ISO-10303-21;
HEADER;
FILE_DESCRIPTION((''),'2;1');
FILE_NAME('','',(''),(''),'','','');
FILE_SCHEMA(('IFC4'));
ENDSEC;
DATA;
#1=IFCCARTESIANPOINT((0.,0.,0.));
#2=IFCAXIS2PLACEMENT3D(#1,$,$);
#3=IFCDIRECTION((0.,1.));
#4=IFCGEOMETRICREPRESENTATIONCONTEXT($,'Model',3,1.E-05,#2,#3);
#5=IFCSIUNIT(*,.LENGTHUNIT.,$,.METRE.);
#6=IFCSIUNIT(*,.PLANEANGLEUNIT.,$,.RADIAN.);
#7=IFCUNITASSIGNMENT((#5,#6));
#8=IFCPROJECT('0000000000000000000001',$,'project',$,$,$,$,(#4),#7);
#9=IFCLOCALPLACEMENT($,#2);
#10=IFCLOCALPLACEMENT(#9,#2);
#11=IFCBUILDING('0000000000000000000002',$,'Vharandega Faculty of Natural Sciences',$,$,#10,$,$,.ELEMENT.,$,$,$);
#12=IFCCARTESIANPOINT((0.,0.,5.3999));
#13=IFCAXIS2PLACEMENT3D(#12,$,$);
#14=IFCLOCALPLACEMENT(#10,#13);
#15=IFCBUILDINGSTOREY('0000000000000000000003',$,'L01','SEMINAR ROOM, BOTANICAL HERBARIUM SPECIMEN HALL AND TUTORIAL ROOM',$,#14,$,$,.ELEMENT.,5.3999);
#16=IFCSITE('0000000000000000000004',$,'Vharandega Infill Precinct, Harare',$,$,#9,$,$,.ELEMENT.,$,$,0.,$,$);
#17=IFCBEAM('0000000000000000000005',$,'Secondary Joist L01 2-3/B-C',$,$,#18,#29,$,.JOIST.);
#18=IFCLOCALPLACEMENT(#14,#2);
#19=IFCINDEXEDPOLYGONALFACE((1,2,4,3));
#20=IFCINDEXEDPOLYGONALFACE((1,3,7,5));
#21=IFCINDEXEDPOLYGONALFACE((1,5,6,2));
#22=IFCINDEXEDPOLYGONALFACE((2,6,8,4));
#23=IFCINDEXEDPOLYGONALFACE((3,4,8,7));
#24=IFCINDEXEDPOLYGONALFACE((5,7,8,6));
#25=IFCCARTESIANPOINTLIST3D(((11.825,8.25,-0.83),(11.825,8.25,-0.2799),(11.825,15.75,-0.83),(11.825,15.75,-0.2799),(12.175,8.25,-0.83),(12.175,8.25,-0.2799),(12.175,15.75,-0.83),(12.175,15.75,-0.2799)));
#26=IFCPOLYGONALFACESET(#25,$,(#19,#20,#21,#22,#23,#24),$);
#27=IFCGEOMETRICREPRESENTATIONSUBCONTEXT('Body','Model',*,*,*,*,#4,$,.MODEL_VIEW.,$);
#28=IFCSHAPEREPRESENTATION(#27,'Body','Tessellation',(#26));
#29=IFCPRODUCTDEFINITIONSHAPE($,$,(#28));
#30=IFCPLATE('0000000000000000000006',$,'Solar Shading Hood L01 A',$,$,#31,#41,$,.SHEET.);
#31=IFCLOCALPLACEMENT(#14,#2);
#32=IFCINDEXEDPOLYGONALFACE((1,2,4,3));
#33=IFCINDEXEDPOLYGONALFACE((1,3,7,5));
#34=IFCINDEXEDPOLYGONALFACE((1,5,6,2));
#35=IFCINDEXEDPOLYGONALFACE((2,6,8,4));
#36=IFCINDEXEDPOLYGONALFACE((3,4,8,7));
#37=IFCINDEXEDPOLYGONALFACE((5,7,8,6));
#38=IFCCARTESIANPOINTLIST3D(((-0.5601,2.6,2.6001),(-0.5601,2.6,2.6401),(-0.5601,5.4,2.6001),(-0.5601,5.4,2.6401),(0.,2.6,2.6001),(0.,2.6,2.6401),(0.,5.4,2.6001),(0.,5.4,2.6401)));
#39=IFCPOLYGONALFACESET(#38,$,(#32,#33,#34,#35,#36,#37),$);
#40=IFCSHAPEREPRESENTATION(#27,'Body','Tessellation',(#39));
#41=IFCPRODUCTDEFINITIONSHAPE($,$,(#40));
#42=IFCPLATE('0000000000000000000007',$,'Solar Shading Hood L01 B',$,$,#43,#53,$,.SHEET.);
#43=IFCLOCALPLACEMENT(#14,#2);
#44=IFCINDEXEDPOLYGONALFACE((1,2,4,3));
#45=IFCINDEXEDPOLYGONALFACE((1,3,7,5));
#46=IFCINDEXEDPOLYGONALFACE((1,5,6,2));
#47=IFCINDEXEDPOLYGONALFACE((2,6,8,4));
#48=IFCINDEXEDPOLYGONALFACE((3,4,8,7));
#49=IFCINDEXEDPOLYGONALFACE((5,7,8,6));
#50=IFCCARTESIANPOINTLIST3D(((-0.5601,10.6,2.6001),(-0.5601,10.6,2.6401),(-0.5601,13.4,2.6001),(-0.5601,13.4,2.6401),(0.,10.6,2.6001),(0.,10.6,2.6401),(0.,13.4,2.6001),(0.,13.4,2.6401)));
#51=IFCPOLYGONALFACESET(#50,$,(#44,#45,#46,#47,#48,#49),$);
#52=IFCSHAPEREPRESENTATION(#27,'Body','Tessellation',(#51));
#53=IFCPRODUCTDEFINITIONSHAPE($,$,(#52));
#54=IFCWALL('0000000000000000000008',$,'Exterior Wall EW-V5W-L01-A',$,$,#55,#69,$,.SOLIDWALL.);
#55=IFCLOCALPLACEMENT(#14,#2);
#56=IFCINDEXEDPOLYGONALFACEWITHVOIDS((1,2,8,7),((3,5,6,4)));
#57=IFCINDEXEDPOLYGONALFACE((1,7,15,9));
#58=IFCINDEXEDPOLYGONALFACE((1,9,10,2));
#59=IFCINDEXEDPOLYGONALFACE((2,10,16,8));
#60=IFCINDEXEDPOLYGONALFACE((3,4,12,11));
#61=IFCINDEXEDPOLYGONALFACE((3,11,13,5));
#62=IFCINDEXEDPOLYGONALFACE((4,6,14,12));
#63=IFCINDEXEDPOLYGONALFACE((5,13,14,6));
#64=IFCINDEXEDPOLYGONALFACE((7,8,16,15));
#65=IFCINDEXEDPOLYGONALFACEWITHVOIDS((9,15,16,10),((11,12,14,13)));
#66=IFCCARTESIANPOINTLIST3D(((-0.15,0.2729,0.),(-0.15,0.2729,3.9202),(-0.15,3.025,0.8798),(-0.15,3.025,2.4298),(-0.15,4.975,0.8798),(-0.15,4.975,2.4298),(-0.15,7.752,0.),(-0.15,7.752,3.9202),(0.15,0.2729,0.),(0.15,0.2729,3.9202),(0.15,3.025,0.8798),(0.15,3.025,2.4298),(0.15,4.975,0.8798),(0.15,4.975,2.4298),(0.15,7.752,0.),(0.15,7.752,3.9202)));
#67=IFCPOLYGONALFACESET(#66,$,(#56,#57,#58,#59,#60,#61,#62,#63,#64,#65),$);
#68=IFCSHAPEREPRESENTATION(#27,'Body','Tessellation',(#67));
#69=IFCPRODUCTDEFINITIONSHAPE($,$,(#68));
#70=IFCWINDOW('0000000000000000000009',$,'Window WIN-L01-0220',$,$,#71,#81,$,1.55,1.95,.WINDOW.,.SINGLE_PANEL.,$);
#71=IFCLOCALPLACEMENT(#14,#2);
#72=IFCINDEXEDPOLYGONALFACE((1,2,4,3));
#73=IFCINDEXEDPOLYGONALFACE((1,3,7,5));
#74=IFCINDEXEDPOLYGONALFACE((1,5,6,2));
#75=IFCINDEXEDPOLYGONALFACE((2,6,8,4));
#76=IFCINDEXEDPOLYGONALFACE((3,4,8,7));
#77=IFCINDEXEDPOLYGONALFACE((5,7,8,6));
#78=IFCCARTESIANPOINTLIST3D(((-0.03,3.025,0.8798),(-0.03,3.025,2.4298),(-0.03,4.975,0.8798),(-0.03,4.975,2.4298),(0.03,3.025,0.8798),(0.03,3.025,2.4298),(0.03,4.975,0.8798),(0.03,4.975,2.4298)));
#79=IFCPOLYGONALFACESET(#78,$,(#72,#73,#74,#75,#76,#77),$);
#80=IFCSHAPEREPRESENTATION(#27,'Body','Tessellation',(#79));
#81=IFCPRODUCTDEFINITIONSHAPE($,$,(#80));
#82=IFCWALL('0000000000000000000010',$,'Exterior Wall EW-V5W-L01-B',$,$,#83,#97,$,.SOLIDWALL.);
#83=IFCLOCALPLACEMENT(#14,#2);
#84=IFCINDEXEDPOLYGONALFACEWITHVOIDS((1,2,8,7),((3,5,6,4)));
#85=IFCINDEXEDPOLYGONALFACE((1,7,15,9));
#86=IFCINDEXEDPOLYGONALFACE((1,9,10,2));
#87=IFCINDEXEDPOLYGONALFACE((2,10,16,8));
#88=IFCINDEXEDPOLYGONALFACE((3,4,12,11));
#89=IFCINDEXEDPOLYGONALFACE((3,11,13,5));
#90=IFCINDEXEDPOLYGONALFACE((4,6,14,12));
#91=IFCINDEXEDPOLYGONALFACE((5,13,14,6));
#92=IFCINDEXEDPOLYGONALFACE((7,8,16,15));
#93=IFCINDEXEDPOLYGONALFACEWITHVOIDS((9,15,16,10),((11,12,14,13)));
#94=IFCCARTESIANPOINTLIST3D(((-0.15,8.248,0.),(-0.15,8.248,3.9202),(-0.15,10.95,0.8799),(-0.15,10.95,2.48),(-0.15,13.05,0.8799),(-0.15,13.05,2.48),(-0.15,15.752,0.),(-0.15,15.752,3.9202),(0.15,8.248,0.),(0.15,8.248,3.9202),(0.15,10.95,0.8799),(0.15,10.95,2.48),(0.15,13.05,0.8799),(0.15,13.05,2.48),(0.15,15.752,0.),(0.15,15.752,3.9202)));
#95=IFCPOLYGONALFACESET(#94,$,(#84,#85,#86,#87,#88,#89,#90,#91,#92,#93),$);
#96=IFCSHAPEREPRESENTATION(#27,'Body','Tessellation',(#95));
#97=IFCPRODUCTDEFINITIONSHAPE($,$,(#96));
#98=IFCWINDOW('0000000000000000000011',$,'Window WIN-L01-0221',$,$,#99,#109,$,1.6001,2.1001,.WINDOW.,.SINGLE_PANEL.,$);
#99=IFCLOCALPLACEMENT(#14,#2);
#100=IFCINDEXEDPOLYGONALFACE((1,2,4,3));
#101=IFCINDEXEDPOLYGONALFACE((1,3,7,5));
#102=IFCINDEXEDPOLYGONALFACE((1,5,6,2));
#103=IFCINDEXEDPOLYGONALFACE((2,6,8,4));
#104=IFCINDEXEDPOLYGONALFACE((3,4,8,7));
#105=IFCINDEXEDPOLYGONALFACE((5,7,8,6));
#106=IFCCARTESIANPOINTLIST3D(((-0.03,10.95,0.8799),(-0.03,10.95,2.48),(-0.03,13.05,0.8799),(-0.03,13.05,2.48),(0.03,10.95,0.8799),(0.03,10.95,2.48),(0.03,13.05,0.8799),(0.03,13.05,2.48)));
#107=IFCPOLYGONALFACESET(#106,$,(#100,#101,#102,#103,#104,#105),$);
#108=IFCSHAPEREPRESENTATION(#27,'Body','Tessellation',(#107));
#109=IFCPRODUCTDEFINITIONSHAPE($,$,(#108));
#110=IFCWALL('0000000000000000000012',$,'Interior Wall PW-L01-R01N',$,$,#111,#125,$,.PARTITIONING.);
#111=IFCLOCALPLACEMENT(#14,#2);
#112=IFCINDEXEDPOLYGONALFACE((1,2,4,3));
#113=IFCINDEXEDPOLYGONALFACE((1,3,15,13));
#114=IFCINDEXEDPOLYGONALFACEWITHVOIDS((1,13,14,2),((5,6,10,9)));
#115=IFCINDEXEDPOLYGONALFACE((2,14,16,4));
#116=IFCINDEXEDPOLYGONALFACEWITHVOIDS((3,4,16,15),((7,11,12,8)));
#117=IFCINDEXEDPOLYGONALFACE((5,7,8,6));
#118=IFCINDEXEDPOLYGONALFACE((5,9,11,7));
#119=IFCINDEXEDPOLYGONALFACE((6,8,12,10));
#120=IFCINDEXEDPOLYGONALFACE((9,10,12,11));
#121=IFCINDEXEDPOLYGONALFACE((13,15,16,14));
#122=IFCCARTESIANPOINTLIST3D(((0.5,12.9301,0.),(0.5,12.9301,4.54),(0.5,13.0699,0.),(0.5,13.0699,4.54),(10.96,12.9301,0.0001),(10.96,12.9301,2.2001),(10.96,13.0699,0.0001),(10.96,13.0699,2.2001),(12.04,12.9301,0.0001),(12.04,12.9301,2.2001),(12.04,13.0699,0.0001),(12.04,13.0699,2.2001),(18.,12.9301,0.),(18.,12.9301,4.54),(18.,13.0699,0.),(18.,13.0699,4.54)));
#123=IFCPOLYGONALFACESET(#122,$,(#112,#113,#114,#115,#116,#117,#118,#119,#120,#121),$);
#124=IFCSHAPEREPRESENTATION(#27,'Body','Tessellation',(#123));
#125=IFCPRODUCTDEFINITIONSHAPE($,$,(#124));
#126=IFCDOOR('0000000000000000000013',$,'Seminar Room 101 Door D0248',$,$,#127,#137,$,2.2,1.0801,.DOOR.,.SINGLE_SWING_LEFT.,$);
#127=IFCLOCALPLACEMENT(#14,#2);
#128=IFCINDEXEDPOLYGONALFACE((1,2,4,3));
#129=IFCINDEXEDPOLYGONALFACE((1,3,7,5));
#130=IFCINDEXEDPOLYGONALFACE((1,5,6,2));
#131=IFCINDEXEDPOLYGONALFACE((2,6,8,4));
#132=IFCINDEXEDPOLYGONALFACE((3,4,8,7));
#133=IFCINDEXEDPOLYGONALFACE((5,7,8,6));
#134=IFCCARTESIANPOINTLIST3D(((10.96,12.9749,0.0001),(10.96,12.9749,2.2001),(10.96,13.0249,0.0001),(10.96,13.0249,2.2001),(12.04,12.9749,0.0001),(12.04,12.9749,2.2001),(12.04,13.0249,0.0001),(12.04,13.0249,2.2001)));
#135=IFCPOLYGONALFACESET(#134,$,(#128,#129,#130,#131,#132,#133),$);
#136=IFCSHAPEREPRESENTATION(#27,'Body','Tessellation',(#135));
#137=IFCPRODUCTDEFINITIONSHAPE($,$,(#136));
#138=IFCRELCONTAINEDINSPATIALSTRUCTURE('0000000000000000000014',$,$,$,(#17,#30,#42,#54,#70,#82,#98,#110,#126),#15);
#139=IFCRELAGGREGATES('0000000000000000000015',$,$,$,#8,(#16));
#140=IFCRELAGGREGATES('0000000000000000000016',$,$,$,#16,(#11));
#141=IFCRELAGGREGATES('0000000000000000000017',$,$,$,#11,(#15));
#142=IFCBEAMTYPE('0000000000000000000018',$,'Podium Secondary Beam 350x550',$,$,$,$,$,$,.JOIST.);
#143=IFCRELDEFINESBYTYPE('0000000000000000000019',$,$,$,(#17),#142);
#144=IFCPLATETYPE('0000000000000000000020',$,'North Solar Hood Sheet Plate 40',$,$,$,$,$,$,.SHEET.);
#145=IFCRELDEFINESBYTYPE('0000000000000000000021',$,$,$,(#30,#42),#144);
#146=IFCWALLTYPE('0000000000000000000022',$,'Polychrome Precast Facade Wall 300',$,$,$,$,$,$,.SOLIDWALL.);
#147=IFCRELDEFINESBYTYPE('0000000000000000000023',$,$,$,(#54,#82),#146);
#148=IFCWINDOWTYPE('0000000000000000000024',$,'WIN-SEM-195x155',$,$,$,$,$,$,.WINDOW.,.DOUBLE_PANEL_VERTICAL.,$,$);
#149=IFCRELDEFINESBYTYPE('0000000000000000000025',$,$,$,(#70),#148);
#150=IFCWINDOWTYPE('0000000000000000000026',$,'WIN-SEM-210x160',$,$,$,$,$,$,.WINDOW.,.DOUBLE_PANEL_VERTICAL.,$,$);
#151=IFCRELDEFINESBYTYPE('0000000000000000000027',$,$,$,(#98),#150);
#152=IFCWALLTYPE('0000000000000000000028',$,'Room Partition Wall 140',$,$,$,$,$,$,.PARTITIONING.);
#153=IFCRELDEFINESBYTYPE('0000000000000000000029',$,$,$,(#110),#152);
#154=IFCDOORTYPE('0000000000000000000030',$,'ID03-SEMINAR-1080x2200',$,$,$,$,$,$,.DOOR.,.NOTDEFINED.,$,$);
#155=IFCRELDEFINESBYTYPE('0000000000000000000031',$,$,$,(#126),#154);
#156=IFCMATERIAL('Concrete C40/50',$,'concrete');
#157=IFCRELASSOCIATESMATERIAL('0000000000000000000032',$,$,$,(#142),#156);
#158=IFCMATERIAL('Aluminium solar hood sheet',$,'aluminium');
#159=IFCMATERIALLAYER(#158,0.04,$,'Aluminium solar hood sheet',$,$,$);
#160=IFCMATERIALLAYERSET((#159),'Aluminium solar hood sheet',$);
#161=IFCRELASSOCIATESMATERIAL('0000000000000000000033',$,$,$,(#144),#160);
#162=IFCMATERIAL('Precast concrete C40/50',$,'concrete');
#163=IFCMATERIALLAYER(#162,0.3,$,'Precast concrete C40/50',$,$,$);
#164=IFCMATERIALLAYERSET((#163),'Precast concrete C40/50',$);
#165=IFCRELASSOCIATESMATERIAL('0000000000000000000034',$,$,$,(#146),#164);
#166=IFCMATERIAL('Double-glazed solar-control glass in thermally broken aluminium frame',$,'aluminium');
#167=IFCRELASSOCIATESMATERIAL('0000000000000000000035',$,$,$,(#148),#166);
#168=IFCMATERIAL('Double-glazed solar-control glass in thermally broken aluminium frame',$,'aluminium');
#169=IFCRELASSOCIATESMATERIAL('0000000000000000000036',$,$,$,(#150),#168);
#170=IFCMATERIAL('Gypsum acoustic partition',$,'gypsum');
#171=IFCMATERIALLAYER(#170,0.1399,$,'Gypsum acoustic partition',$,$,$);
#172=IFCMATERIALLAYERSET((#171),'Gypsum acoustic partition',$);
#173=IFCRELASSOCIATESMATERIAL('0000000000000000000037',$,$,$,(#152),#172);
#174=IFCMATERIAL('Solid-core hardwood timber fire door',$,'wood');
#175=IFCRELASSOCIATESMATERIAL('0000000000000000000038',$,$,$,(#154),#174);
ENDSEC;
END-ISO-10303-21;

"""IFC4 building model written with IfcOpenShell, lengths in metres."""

from ifc_helpers import new_model, si_unit, direction, frame, frame_2d, origin, origin_2d, place, context, subcontext, project, spatial, rectangle, extrude, material, layer, layer_set, material_profile, profile_set, type_object, element, fill, save


model = new_model("IFC4")

# Units and contexts
model_context = context("Model", 3, precision=1e-05, world=origin(), true_north=direction((0.0, 1.0)))
body_context = subcontext(model_context, "Body", "Model", "MODEL_VIEW")
ifc_project = project(units=[si_unit("LENGTHUNIT", "METRE"), si_unit("PLANEANGLEUNIT", "RADIAN")], contexts=[model_context])

# Site, building, storey
site_placement = place(None, origin())
site = spatial("IfcSite", under=ifc_project, at=site_placement, Name="Vharandega Infill Precinct, Harare", CompositionType="ELEMENT", RefElevation=0.0)
building_placement = place(site_placement, origin())
building = spatial("IfcBuilding", under=site, at=building_placement, Name="Vharandega Faculty of Natural Sciences", CompositionType="ELEMENT")
storey_placement = place(building_placement, frame((0.0, 0.0, 5.3999)))
storey = spatial("IfcBuildingStorey", under=building, at=storey_placement, Name="L01", Description="SEMINAR ROOM, BOTANICAL HERBARIUM SPECIMEN HALL AND TUTORIAL ROOM", CompositionType="ELEMENT", Elevation=5.3999)

# Beam
ifc_material_1 = material(Name="Concrete C40/50", Category="concrete")
ifc_material_profile_1 = material_profile(ifc_material_1, rectangle(XDim=0.3501, YDim=0.55, at=origin_2d()), Name="RC 350x550")
ifc_profile_set_1 = profile_set([ifc_material_profile_1], Name="Concrete C40/50")
beam_type_1 = type_object("IfcBeamType", Name="Podium Secondary Beam 350x550", PredefinedType="JOIST", material=ifc_profile_set_1)
beam_placement = place(storey_placement, frame((12.0, 8.25, -0.5549), z_axis=(0.0, 1.0, 0.0), x_axis=(-1.0, 0.0, 0.0)))
element("IfcBeam", 1, at=beam_placement, inside=storey, type_object=beam_type_1, Name="Secondary Joist L01 2-3/B-C", PredefinedType="JOIST", context=body_context, shape_type="SweptSolid", body=[
    extrude(rectangle(XDim=0.3501, YDim=0.55, at=origin_2d()), origin(), (0.0, 0.0, 1.0), 7.5),
])

# Plates
ifc_material_2 = material(Name="Aluminium solar hood sheet", Category="aluminium")
ifc_layer_1 = layer(ifc_material_2, 0.04, Name="Aluminium solar hood sheet")
ifc_layer_set_1 = layer_set([ifc_layer_1], Name="Aluminium solar hood sheet")
plate_type = type_object("IfcPlateType", Name="North Solar Hood Sheet Plate 40", PredefinedType="SHEET", material=ifc_layer_set_1)
for number, where, z_axis, x_axis, name in (
    (2, (-0.28, 4.0, 2.6001), (0.0, 0.0, 1.0), (1.0, 0.0, 0.0), "Solar Shading Hood L01 A"),
    (3, (-0.28, 12.0, 2.6001), (0.0, 0.0, 1.0), (1.0, 0.0, 0.0), "Solar Shading Hood L01 B"),
):
    element("IfcPlate", number, at=place(storey_placement, frame(where, z_axis=z_axis, x_axis=x_axis)), inside=storey, type_object=plate_type, Name=name, PredefinedType="SHEET", context=body_context, shape_type="SweptSolid", body=[
        extrude(rectangle(XDim=0.5601, YDim=2.8, at=origin_2d()), origin(), (0.0, 0.0, 1.0), 0.04),
    ])

# Walls, openings, windows
ifc_material_3 = material(Name="Precast concrete C40/50", Category="concrete")
ifc_layer_2 = layer(ifc_material_3, 0.3, Name="Precast concrete C40/50")
ifc_layer_set_2 = layer_set([ifc_layer_2], Name="Precast concrete C40/50")
wall_type_1 = type_object("IfcWallType", Name="Polychrome Precast Facade Wall 300", PredefinedType="SOLIDWALL", material=ifc_layer_set_2)
wall_1_placement = place(storey_placement, frame((0.0, 0.2729, 0.0), z_axis=(0.0, 0.0, 1.0), x_axis=(0.0, 1.0, 0.0)))
wall_1 = element("IfcWall", 4, at=wall_1_placement, inside=storey, type_object=wall_type_1, Name="Exterior Wall EW-V5W-L01-A", PredefinedType="SOLIDWALL", context=body_context, shape_type="SweptSolid", body=[
    extrude(rectangle(XDim=7.479, YDim=0.3, at=frame_2d((3.7395, 0.0))), origin(), (0.0, 0.0, 1.0), 3.9202),
])
opening_1_placement = place(wall_1_placement, frame((2.752, 0.0, 0.8799)))
opening_1 = element("IfcOpeningElement", 5, at=opening_1_placement, cuts=wall_1, PredefinedType="OPENING", context=body_context, shape_type="SweptSolid", body=[
    extrude(rectangle(XDim=1.95, YDim=1.55, at=frame_2d((0.9751, 0.7749))), frame((0.0, 0.1602, 0.0), z_axis=(0.0, -1.0, 0.0), x_axis=(1.0, 0.0, 0.0)), (0.0, 0.0, 1.0), 0.3201),
])
ifc_material_4 = material(Name="Double-glazed solar-control glass in thermally broken aluminium frame", Category="aluminium")
window_type_1 = type_object("IfcWindowType", Name="WIN-SEM-195x155", PartitioningType="DOUBLE_PANEL_VERTICAL", PredefinedType="WINDOW", material=ifc_material_4)
window_1_placement = place(opening_1_placement, origin())
window_1 = element("IfcWindow", 6, at=window_1_placement, inside=storey, type_object=window_type_1, Name="Window WIN-L01-0220", OverallHeight=1.55, OverallWidth=1.95, PartitioningType="SINGLE_PANEL", PredefinedType="WINDOW", context=body_context, shape_type="SweptSolid", body=[
    extrude(rectangle(XDim=1.95, YDim=1.55, at=frame_2d((0.9751, 0.7749))), frame((0.0, 0.03, 0.0), z_axis=(0.0, -1.0, 0.0), x_axis=(1.0, 0.0, 0.0)), (0.0, 0.0, 1.0), 0.0601),
])
fill(opening_1, window_1)
wall_2_placement = place(storey_placement, frame((0.0, 8.248, 0.0), z_axis=(0.0, 0.0, 1.0), x_axis=(0.0, 1.0, 0.0)))
wall_2 = element("IfcWall", 7, at=wall_2_placement, inside=storey, type_object=wall_type_1, Name="Exterior Wall EW-V5W-L01-B", PredefinedType="SOLIDWALL", context=body_context, shape_type="SweptSolid", body=[
    extrude(rectangle(XDim=7.5039, YDim=0.3, at=frame_2d((3.752, 0.0))), origin(), (0.0, 0.0, 1.0), 3.9202),
])
opening_2_placement = place(wall_2_placement, frame((2.7019, 0.0, 0.8799)))
opening_2 = element("IfcOpeningElement", 8, at=opening_2_placement, cuts=wall_2, PredefinedType="OPENING", context=body_context, shape_type="SweptSolid", body=[
    extrude(rectangle(XDim=2.1001, YDim=1.6001, at=frame_2d((1.05, 0.8))), frame((0.0, 0.1602, 0.0), z_axis=(0.0, -1.0, 0.0), x_axis=(1.0, 0.0, 0.0)), (0.0, 0.0, 1.0), 0.3201),
])
ifc_material_5 = material(Name="Double-glazed solar-control glass in thermally broken aluminium frame", Category="aluminium")
window_type_2 = type_object("IfcWindowType", Name="WIN-SEM-210x160", PartitioningType="DOUBLE_PANEL_VERTICAL", PredefinedType="WINDOW", material=ifc_material_5)
window_2_placement = place(opening_2_placement, origin())
window_2 = element("IfcWindow", 9, at=window_2_placement, inside=storey, type_object=window_type_2, Name="Window WIN-L01-0221", OverallHeight=1.6001, OverallWidth=2.1001, PartitioningType="SINGLE_PANEL", PredefinedType="WINDOW", context=body_context, shape_type="SweptSolid", body=[
    extrude(rectangle(XDim=2.1001, YDim=1.6001, at=frame_2d((1.05, 0.8))), frame((0.0, 0.03, 0.0), z_axis=(0.0, -1.0, 0.0), x_axis=(1.0, 0.0, 0.0)), (0.0, 0.0, 1.0), 0.0601),
])
fill(opening_2, window_2)

# Wall, opening, door
ifc_material_6 = material(Name="Gypsum acoustic partition", Category="gypsum")
ifc_layer_3 = layer(ifc_material_6, 0.1399, Name="Gypsum acoustic partition")
ifc_layer_set_3 = layer_set([ifc_layer_3], Name="Gypsum acoustic partition")
wall_type_2 = type_object("IfcWallType", Name="Room Partition Wall 140", PredefinedType="PARTITIONING", material=ifc_layer_set_3)
wall_3_placement = place(storey_placement, frame((0.5, 13.0, 0.0), z_axis=(0.0, 0.0, 1.0), x_axis=(1.0, 0.0, 0.0)))
wall_3 = element("IfcWall", 10, at=wall_3_placement, inside=storey, type_object=wall_type_2, Name="Interior Wall PW-L01-R01N", PredefinedType="PARTITIONING", context=body_context, shape_type="SweptSolid", body=[
    extrude(rectangle(XDim=17.5, YDim=0.1399, at=frame_2d((8.75, 0.0))), origin(), (0.0, 0.0, 1.0), 4.54),
])
opening_3_placement = place(wall_3_placement, frame((10.46, 0.0, 0.0)))
opening_3 = element("IfcOpeningElement", 11, at=opening_3_placement, cuts=wall_3, PredefinedType="OPENING", context=body_context, shape_type="SweptSolid", body=[
    extrude(rectangle(XDim=1.0801, YDim=2.2, at=frame_2d((0.54, 1.1001))), frame((0.0, 0.0801, 0.0), z_axis=(0.0, -1.0, 0.0), x_axis=(1.0, 0.0, 0.0)), (0.0, 0.0, 1.0), 0.1599),
])
ifc_material_7 = material(Name="Solid-core hardwood timber fire door", Category="wood")
door_type = type_object("IfcDoorType", Name="ID03-SEMINAR-1080x2200", OperationType="NOTDEFINED", PredefinedType="DOOR", material=ifc_material_7)
door_placement = place(opening_3_placement, origin())
door = element("IfcDoor", 12, at=door_placement, inside=storey, type_object=door_type, Name="Seminar Room 101 Door D0248", OperationType="SINGLE_SWING_LEFT", OverallHeight=2.2, OverallWidth=1.0801, PredefinedType="DOOR", context=body_context, shape_type="SweptSolid", body=[
    extrude(rectangle(XDim=1.0801, YDim=2.2, at=frame_2d((0.54, 1.1001))), frame((0.0, 0.0249, 0.0), z_axis=(0.0, -1.0, 0.0), x_axis=(1.0, 0.0, 0.0)), (0.0, 0.0, 1.0), 0.05),
])
fill(opening_3, door)

save(model, "model.ifc")
